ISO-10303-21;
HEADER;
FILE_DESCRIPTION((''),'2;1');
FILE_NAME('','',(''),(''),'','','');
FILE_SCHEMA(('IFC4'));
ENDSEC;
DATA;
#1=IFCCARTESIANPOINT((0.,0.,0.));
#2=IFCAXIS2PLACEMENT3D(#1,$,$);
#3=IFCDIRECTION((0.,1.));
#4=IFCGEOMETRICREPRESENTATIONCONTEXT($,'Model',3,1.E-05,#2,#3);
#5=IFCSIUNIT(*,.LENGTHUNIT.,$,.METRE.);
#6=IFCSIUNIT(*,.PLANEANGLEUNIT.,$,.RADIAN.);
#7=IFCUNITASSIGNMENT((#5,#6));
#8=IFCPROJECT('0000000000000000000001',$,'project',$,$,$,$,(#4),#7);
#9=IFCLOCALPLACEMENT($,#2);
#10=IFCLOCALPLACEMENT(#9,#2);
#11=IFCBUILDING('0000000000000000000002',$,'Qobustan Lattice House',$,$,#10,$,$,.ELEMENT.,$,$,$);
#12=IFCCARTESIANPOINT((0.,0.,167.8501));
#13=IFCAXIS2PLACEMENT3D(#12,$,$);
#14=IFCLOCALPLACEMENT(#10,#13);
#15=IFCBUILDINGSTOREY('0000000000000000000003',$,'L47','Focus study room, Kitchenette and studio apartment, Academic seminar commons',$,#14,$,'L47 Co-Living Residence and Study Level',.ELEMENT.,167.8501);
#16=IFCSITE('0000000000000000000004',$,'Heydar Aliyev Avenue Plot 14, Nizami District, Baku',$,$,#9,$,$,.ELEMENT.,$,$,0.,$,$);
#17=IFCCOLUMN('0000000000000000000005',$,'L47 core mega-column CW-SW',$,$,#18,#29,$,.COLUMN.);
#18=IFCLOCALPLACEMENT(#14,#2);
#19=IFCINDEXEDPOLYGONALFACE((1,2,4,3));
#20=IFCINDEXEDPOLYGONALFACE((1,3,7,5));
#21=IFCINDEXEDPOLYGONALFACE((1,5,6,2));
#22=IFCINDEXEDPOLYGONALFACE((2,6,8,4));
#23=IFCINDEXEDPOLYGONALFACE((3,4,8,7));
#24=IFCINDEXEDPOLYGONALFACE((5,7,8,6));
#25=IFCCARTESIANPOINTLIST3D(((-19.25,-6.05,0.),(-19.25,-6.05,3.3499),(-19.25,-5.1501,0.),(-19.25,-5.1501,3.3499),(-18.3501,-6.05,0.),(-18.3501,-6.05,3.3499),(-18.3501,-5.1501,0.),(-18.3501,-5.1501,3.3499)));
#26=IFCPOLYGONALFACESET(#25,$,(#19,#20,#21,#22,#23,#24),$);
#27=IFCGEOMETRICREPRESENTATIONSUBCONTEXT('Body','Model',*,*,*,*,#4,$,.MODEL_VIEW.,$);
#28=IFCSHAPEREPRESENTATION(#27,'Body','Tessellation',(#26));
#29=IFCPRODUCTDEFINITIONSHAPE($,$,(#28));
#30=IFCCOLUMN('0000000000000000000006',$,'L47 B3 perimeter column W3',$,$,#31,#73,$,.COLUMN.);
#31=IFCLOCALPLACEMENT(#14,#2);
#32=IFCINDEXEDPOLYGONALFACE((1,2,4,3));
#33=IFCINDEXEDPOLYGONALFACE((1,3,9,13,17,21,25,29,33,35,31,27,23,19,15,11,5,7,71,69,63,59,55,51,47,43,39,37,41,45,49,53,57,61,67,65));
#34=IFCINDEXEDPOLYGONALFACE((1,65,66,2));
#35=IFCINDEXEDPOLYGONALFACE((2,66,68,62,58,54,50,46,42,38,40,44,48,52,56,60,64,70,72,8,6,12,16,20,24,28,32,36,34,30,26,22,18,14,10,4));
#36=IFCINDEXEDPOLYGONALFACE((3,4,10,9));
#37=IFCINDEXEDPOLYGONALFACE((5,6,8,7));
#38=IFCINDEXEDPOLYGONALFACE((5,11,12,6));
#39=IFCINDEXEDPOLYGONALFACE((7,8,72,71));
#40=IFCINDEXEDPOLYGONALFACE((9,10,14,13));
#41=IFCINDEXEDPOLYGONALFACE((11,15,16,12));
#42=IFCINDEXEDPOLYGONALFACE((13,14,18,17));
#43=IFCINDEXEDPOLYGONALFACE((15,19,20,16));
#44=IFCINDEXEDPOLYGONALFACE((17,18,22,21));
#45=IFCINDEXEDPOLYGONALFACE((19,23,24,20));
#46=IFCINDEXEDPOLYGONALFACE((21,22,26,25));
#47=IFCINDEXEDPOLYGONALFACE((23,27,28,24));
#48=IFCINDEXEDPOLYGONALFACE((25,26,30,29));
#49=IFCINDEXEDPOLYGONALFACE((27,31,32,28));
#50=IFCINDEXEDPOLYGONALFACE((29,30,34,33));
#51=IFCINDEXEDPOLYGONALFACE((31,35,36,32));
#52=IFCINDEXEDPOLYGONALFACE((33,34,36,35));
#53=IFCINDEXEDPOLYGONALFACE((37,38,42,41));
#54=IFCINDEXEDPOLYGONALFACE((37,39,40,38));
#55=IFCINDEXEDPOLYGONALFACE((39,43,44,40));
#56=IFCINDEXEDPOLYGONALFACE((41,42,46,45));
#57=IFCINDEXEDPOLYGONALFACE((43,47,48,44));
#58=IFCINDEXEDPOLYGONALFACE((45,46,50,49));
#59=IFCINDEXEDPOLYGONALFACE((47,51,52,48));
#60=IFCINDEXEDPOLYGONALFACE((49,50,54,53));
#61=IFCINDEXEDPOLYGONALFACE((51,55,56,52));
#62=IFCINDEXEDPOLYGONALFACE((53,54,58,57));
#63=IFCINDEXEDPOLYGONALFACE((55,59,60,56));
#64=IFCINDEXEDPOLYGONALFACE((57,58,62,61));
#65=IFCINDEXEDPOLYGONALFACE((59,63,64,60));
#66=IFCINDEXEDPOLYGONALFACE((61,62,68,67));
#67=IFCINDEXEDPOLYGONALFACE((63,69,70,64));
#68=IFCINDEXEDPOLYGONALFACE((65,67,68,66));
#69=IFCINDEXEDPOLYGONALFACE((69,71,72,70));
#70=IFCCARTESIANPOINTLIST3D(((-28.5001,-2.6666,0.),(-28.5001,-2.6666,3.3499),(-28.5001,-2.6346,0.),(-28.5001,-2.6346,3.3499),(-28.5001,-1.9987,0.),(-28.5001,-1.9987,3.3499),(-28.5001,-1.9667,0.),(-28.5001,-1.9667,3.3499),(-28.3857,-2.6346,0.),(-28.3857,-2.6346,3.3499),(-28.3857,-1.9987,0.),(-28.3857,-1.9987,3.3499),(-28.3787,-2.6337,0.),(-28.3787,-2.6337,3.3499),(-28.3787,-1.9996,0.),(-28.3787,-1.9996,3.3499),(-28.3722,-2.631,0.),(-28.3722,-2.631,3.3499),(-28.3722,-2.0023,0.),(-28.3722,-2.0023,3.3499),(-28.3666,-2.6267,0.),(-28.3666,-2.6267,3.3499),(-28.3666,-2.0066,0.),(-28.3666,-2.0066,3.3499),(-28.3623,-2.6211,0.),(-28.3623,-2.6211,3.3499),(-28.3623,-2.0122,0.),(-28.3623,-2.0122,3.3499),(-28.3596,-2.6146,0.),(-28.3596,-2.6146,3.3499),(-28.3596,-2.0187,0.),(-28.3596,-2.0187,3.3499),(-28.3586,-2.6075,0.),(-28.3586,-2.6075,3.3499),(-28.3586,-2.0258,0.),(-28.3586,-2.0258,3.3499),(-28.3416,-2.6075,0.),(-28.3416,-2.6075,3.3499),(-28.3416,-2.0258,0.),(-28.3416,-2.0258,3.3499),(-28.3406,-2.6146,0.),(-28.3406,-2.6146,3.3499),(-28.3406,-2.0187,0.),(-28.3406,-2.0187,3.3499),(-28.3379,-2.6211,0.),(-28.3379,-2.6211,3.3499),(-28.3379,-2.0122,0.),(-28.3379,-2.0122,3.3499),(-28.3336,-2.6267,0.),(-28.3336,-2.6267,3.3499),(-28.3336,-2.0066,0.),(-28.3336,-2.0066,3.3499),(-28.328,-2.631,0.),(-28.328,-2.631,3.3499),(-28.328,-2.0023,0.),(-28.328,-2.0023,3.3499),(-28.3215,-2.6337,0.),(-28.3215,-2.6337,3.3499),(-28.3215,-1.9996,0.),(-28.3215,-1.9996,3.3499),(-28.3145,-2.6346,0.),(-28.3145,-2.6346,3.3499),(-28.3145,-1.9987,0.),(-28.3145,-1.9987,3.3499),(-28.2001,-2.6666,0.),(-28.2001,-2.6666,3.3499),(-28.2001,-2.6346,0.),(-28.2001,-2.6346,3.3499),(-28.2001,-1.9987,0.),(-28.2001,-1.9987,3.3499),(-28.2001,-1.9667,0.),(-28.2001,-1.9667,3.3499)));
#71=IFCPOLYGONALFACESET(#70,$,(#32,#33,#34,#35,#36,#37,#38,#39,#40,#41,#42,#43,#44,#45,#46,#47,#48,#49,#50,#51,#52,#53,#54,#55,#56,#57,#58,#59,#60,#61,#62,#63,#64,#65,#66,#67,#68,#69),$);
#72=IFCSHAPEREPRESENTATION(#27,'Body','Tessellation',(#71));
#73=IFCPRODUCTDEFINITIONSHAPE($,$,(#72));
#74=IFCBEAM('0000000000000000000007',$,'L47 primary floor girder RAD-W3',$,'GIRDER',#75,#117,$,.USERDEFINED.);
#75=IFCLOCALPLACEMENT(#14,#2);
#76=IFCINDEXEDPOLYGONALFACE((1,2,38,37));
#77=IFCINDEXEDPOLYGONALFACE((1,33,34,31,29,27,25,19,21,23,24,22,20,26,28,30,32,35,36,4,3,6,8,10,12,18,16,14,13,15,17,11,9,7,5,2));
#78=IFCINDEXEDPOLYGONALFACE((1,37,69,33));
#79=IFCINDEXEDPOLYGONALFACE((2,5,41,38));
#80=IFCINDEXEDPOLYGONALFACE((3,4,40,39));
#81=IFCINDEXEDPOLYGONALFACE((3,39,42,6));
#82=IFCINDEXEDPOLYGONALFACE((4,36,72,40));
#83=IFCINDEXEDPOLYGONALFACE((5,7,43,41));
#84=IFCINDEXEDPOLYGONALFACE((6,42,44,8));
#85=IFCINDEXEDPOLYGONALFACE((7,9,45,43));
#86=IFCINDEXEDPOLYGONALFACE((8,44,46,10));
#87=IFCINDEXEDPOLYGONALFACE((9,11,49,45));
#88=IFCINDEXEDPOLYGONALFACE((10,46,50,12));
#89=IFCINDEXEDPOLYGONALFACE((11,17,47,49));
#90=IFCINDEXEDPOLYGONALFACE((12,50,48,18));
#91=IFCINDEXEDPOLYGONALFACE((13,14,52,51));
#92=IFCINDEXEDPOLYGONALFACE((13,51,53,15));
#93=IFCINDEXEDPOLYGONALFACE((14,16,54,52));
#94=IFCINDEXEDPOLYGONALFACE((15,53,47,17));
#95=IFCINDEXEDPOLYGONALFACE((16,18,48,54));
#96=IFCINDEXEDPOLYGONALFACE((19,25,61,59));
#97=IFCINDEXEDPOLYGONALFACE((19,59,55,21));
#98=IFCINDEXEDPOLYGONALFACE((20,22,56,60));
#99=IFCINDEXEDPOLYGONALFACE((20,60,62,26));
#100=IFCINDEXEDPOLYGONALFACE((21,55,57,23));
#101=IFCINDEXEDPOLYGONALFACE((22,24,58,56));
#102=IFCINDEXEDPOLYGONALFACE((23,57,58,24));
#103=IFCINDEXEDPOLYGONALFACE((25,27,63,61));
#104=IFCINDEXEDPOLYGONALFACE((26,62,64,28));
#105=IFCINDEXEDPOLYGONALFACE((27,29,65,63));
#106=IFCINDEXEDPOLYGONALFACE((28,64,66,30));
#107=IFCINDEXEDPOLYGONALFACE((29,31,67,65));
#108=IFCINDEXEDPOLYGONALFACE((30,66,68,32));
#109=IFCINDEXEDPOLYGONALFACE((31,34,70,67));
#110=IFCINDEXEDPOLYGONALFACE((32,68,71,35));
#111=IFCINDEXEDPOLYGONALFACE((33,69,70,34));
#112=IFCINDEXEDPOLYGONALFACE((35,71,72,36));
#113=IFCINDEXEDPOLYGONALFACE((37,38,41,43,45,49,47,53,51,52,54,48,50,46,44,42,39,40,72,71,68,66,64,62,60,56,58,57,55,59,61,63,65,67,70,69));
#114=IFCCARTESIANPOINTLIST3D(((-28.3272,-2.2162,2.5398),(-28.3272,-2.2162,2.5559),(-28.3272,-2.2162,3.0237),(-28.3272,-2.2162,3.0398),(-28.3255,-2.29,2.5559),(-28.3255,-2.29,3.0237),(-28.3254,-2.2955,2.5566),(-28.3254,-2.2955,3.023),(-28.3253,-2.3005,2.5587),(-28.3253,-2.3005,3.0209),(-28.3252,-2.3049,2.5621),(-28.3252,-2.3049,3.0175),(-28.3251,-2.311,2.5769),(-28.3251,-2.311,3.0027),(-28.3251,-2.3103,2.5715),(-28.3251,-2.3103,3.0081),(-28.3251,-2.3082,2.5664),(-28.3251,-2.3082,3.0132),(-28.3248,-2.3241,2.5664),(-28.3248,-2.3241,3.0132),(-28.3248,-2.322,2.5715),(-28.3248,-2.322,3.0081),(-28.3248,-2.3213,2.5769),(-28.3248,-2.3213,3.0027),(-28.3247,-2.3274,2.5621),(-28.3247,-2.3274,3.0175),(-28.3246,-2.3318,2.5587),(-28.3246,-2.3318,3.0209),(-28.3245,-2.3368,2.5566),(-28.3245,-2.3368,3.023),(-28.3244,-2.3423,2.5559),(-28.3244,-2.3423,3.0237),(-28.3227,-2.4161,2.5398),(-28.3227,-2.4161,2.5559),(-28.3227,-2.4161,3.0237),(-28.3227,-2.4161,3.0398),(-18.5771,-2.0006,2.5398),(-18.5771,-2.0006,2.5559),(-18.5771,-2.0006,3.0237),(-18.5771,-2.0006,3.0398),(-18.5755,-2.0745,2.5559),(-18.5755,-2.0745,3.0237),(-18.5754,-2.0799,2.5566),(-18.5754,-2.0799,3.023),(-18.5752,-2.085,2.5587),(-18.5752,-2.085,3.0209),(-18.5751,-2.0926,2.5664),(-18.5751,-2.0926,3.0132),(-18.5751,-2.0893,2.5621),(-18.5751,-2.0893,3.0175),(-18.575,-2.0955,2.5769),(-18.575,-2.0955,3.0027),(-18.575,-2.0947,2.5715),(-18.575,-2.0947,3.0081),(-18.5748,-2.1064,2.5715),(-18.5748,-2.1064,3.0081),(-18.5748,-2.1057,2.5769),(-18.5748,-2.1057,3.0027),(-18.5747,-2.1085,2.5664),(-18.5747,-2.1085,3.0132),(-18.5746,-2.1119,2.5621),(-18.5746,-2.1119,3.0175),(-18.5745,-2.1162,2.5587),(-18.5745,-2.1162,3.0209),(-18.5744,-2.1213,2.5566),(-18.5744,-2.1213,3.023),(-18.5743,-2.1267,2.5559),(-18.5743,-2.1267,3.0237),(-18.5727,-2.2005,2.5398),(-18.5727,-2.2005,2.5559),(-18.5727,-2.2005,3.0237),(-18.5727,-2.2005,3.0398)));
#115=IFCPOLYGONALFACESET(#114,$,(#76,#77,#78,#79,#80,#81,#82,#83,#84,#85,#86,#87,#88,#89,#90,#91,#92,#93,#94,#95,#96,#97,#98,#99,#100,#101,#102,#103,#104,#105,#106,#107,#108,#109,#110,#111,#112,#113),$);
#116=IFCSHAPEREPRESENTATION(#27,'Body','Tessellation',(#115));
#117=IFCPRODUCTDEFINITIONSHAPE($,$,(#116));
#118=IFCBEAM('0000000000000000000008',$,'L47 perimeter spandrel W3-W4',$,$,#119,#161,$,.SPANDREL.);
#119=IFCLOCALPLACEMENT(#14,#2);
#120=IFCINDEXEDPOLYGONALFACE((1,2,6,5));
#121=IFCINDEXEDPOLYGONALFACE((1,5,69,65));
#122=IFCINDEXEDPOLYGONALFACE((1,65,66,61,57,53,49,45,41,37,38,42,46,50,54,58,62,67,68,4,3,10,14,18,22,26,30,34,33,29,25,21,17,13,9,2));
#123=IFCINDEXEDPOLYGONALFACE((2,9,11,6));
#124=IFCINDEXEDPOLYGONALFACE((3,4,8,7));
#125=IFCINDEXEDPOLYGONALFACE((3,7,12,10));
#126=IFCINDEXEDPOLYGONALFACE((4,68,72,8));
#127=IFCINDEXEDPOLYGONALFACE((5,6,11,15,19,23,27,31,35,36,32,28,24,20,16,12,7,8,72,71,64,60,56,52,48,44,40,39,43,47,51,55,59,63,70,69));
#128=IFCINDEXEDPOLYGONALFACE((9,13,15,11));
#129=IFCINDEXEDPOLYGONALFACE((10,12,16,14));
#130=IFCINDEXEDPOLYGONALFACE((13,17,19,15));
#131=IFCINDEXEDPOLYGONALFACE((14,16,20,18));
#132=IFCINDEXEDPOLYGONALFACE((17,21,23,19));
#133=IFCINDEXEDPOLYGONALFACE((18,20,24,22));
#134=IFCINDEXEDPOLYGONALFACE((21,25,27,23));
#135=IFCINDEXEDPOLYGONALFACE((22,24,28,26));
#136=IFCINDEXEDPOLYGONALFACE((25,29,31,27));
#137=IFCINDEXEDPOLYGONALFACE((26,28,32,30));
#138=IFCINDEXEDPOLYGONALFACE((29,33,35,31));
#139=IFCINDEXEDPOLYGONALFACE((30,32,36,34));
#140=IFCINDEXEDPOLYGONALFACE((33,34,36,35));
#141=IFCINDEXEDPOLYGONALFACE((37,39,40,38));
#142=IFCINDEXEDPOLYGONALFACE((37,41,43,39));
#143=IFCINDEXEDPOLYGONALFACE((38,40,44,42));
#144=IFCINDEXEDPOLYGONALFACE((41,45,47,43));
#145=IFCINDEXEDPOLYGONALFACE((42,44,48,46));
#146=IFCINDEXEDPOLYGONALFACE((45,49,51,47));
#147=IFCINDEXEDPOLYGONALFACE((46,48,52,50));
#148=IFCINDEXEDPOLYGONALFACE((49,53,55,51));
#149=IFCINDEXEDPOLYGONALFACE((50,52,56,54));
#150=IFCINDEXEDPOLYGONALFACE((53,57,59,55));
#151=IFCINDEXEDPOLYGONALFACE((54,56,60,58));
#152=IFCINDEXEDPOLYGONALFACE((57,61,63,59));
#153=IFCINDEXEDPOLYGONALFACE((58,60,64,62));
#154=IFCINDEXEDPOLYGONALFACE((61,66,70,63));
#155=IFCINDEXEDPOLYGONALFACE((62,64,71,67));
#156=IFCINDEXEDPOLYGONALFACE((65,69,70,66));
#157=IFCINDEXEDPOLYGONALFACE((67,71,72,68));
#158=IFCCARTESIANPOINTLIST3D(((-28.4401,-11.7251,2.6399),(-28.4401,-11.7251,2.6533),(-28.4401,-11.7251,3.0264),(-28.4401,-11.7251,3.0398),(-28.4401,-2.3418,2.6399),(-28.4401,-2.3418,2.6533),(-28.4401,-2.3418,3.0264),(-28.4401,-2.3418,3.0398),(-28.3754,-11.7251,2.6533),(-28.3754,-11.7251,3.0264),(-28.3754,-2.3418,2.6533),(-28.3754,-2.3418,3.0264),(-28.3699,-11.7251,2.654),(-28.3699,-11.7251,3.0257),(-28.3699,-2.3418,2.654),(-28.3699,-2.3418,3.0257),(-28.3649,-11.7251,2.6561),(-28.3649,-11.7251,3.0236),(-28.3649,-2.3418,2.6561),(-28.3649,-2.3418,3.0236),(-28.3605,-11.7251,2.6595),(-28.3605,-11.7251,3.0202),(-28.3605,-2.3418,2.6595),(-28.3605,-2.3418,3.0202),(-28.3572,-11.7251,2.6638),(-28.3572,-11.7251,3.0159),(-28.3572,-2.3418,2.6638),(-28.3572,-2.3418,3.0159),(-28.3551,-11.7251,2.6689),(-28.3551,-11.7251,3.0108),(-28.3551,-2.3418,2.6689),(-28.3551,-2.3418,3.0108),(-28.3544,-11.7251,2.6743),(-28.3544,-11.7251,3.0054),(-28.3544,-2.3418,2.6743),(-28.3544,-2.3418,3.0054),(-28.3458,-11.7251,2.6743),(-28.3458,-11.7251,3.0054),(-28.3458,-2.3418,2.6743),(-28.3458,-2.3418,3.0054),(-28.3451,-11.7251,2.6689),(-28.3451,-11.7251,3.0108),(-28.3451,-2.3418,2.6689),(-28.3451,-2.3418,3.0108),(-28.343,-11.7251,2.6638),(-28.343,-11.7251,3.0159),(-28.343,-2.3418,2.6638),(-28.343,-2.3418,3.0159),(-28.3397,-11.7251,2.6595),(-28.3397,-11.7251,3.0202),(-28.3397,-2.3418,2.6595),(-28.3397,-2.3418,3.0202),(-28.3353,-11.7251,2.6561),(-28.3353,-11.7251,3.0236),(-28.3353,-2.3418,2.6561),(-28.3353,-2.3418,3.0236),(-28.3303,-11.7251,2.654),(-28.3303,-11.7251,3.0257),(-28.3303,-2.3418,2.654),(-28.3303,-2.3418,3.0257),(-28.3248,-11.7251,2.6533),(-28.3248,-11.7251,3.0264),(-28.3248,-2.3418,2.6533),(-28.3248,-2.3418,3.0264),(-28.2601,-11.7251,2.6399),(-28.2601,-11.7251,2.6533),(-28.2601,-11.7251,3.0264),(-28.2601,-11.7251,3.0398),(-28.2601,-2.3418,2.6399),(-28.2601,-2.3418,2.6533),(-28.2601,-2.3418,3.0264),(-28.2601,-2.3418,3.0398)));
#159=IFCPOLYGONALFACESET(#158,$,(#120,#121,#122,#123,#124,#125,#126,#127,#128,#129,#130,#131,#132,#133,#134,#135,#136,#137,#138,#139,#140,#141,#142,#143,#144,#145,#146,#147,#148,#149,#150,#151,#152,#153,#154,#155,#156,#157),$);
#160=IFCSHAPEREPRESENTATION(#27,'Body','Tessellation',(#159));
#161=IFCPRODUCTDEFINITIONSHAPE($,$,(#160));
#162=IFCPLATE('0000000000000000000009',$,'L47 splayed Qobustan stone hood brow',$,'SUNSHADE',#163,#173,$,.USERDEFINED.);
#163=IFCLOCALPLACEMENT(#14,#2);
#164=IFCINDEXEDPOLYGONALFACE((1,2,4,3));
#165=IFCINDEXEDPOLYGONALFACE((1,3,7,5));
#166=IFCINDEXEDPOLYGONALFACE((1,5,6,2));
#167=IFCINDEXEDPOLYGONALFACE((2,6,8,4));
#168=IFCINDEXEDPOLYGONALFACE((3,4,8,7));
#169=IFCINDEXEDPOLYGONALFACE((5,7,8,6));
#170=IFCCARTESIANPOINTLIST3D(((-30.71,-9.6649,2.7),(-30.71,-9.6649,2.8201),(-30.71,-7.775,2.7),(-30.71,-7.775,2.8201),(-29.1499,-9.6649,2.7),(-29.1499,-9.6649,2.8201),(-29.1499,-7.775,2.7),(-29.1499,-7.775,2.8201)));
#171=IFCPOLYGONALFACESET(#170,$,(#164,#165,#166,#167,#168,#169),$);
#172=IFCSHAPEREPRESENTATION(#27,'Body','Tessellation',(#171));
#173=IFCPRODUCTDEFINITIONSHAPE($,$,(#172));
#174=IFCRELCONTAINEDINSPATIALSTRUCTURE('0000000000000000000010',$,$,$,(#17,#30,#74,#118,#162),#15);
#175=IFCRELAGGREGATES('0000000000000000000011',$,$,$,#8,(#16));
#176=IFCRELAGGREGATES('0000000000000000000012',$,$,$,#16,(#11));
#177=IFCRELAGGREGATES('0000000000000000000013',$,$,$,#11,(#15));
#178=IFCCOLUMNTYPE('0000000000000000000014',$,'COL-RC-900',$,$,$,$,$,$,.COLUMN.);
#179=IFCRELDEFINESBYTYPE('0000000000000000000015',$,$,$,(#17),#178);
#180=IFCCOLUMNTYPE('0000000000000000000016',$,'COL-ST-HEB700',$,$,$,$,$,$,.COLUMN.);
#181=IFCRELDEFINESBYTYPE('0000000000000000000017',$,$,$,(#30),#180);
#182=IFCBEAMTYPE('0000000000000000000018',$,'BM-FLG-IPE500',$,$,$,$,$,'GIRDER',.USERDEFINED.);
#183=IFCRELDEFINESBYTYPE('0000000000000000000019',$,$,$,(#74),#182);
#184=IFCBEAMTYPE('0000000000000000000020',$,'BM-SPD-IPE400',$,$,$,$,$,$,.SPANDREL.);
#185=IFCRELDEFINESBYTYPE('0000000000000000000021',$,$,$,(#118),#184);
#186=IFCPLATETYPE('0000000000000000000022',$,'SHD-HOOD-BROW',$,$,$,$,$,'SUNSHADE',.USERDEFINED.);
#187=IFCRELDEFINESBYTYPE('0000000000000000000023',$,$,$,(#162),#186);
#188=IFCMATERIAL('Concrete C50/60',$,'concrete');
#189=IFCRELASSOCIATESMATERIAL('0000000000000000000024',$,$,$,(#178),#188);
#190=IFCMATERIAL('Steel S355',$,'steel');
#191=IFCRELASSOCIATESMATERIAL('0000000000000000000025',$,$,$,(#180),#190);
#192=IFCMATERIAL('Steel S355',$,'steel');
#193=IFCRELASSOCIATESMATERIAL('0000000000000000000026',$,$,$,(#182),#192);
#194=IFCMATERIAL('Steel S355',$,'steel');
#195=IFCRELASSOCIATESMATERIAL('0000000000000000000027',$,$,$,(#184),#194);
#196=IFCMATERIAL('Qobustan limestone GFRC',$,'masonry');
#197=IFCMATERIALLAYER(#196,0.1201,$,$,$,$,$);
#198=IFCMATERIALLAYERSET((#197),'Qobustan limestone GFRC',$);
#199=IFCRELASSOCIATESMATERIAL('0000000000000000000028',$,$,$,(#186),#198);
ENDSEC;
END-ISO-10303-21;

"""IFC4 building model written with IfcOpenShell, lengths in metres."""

from ifc_helpers import new_model, si_unit, direction, frame, origin, origin_2d, place, context, subcontext, project, spatial, rectangle, i_section, extrude, material, layer, layer_set, material_profile, profile_set, type_object, element, save


model = new_model("IFC4")

# Units and contexts
model_context = context("Model", 3, precision=1e-05, world=origin(), true_north=direction((0.0, 1.0)))
body_context = subcontext(model_context, "Body", "Model", "MODEL_VIEW")
ifc_project = project(units=[si_unit("LENGTHUNIT", "METRE"), si_unit("PLANEANGLEUNIT", "RADIAN")], contexts=[model_context])

# Site, building, storey
site_placement = place(None, origin())
site = spatial("IfcSite", under=ifc_project, at=site_placement, Name="Heydar Aliyev Avenue Plot 14, Nizami District, Baku", CompositionType="ELEMENT", RefElevation=0.0)
building_placement = place(site_placement, origin())
building = spatial("IfcBuilding", under=site, at=building_placement, Name="Qobustan Lattice House", CompositionType="ELEMENT")
storey_placement = place(building_placement, frame((0.0, 0.0, 167.8501)))
storey = spatial("IfcBuildingStorey", under=building, at=storey_placement, Name="L47", Description="Focus study room, Kitchenette and studio apartment, Academic seminar commons", LongName="L47 Co-Living Residence and Study Level", CompositionType="ELEMENT", Elevation=167.8501)

# Columns
ifc_material_1 = material(Name="Concrete C50/60", Category="concrete")
ifc_material_profile_1 = material_profile(ifc_material_1, rectangle(XDim=0.8999, YDim=0.8999, at=origin_2d()), Name="RC900x900")
ifc_profile_set_1 = profile_set([ifc_material_profile_1], Name="Concrete C50/60")
column_type_1 = type_object("IfcColumnType", Name="COL-RC-900", PredefinedType="COLUMN", material=ifc_profile_set_1)
column_1_placement = place(storey_placement, frame((-18.8, -5.6001, 0.0), z_axis=(0.0, 0.0, 1.0), x_axis=(1.0, 0.0, 0.0)))
element("IfcColumn", 1, at=column_1_placement, inside=storey, type_object=column_type_1, Name="L47 core mega-column CW-SW", PredefinedType="COLUMN", context=body_context, shape_type="SweptSolid", body=[
    extrude(rectangle(XDim=0.8999, YDim=0.8999, at=origin_2d()), origin(), (0.0, 0.0, 1.0), 3.3499),
])
ifc_material_2 = material(Name="Steel S355", Category="steel")
ifc_material_profile_2 = material_profile(ifc_material_2, i_section(OverallWidth=0.3, OverallDepth=0.7, WebThickness=0.0171, FlangeThickness=0.032, FilletRadius=0.0271, at=origin_2d()), Name="HEB700")
ifc_profile_set_2 = profile_set([ifc_material_profile_2], Name="Steel S355")
column_type_2 = type_object("IfcColumnType", Name="COL-ST-HEB700", PredefinedType="COLUMN", material=ifc_profile_set_2)
column_2_placement = place(storey_placement, frame((-28.3501, -2.3167, 0.0), z_axis=(0.0, 0.0, 1.0), x_axis=(1.0, 0.0, 0.0)))
element("IfcColumn", 2, at=column_2_placement, inside=storey, type_object=column_type_2, Name="L47 B3 perimeter column W3", PredefinedType="COLUMN", context=body_context, shape_type="SweptSolid", body=[
    extrude(i_section(OverallWidth=0.3, OverallDepth=0.7, WebThickness=0.0171, FlangeThickness=0.032, FilletRadius=0.0271, at=origin_2d()), origin(), (0.0, 0.0, 1.0), 3.3499),
])

# Beams
ifc_material_3 = material(Name="Steel S355", Category="steel")
ifc_material_profile_3 = material_profile(ifc_material_3, i_section(OverallWidth=0.2, OverallDepth=0.5, WebThickness=0.0103, FlangeThickness=0.0161, FilletRadius=0.021, at=origin_2d()), Name="IPE500")
ifc_profile_set_3 = profile_set([ifc_material_profile_3], Name="Steel S355")
beam_type_1 = type_object("IfcBeamType", Name="BM-FLG-IPE500", ElementType="GIRDER", PredefinedType="USERDEFINED", material=ifc_profile_set_3)
beam_1_placement = place(storey_placement, frame((-28.325, -2.3162, 2.7898), z_axis=(0.999756, 0.022105, 0.0), x_axis=(-0.022105, 0.999756, 0.0)))
element("IfcBeam", 3, at=beam_1_placement, inside=storey, type_object=beam_type_1, Name="L47 primary floor girder RAD-W3", ObjectType="GIRDER", PredefinedType="USERDEFINED", context=body_context, shape_type="SweptSolid", body=[
    extrude(i_section(OverallWidth=0.2, OverallDepth=0.5, WebThickness=0.0103, FlangeThickness=0.0161, FilletRadius=0.021, at=origin_2d()), origin(), (0.0, 0.0, 1.0), 9.7524),
])
ifc_material_4 = material(Name="Steel S355", Category="steel")
ifc_material_profile_4 = material_profile(ifc_material_4, i_section(OverallWidth=0.1799, OverallDepth=0.3999, WebThickness=0.0085, FlangeThickness=0.0134, FilletRadius=0.021, at=origin_2d()), Name="IPE400")
ifc_profile_set_4 = profile_set([ifc_material_profile_4], Name="Steel S355")
beam_type_2 = type_object("IfcBeamType", Name="BM-SPD-IPE400", PredefinedType="SPANDREL", material=ifc_profile_set_4)
beam_2_placement = place(storey_placement, frame((-28.3501, -2.3418, 2.8398), z_axis=(0.0, -1.0, 0.0), x_axis=(1.0, 0.0, 0.0)))
element("IfcBeam", 4, at=beam_2_placement, inside=storey, type_object=beam_type_2, Name="L47 perimeter spandrel W3-W4", PredefinedType="SPANDREL", context=body_context, shape_type="SweptSolid", body=[
    extrude(i_section(OverallWidth=0.1799, OverallDepth=0.3999, WebThickness=0.0085, FlangeThickness=0.0134, FilletRadius=0.021, at=origin_2d()), origin(), (0.0, 0.0, 1.0), 9.3833),
])

# Plate
ifc_material_5 = material(Name="Qobustan limestone GFRC", Category="masonry")
ifc_layer_1 = layer(ifc_material_5, 0.1201)
ifc_layer_set_1 = layer_set([ifc_layer_1], Name="Qobustan limestone GFRC")
plate_type = type_object("IfcPlateType", Name="SHD-HOOD-BROW", ElementType="SUNSHADE", PredefinedType="USERDEFINED", material=ifc_layer_set_1)
plate_placement = place(storey_placement, frame((-29.9299, -8.72, 2.7), z_axis=(0.0, 0.0, 1.0), x_axis=(0.0, 1.0, 0.0)))
element("IfcPlate", 5, at=plate_placement, inside=storey, type_object=plate_type, Name="L47 splayed Qobustan stone hood brow", ObjectType="SUNSHADE", PredefinedType="USERDEFINED", context=body_context, shape_type="SweptSolid", body=[
    extrude(rectangle(XDim=1.8899, YDim=1.5601, at=origin_2d()), origin(), (0.0, 0.0, 1.0), 0.1201),
])

save(model, "model.ifc")
